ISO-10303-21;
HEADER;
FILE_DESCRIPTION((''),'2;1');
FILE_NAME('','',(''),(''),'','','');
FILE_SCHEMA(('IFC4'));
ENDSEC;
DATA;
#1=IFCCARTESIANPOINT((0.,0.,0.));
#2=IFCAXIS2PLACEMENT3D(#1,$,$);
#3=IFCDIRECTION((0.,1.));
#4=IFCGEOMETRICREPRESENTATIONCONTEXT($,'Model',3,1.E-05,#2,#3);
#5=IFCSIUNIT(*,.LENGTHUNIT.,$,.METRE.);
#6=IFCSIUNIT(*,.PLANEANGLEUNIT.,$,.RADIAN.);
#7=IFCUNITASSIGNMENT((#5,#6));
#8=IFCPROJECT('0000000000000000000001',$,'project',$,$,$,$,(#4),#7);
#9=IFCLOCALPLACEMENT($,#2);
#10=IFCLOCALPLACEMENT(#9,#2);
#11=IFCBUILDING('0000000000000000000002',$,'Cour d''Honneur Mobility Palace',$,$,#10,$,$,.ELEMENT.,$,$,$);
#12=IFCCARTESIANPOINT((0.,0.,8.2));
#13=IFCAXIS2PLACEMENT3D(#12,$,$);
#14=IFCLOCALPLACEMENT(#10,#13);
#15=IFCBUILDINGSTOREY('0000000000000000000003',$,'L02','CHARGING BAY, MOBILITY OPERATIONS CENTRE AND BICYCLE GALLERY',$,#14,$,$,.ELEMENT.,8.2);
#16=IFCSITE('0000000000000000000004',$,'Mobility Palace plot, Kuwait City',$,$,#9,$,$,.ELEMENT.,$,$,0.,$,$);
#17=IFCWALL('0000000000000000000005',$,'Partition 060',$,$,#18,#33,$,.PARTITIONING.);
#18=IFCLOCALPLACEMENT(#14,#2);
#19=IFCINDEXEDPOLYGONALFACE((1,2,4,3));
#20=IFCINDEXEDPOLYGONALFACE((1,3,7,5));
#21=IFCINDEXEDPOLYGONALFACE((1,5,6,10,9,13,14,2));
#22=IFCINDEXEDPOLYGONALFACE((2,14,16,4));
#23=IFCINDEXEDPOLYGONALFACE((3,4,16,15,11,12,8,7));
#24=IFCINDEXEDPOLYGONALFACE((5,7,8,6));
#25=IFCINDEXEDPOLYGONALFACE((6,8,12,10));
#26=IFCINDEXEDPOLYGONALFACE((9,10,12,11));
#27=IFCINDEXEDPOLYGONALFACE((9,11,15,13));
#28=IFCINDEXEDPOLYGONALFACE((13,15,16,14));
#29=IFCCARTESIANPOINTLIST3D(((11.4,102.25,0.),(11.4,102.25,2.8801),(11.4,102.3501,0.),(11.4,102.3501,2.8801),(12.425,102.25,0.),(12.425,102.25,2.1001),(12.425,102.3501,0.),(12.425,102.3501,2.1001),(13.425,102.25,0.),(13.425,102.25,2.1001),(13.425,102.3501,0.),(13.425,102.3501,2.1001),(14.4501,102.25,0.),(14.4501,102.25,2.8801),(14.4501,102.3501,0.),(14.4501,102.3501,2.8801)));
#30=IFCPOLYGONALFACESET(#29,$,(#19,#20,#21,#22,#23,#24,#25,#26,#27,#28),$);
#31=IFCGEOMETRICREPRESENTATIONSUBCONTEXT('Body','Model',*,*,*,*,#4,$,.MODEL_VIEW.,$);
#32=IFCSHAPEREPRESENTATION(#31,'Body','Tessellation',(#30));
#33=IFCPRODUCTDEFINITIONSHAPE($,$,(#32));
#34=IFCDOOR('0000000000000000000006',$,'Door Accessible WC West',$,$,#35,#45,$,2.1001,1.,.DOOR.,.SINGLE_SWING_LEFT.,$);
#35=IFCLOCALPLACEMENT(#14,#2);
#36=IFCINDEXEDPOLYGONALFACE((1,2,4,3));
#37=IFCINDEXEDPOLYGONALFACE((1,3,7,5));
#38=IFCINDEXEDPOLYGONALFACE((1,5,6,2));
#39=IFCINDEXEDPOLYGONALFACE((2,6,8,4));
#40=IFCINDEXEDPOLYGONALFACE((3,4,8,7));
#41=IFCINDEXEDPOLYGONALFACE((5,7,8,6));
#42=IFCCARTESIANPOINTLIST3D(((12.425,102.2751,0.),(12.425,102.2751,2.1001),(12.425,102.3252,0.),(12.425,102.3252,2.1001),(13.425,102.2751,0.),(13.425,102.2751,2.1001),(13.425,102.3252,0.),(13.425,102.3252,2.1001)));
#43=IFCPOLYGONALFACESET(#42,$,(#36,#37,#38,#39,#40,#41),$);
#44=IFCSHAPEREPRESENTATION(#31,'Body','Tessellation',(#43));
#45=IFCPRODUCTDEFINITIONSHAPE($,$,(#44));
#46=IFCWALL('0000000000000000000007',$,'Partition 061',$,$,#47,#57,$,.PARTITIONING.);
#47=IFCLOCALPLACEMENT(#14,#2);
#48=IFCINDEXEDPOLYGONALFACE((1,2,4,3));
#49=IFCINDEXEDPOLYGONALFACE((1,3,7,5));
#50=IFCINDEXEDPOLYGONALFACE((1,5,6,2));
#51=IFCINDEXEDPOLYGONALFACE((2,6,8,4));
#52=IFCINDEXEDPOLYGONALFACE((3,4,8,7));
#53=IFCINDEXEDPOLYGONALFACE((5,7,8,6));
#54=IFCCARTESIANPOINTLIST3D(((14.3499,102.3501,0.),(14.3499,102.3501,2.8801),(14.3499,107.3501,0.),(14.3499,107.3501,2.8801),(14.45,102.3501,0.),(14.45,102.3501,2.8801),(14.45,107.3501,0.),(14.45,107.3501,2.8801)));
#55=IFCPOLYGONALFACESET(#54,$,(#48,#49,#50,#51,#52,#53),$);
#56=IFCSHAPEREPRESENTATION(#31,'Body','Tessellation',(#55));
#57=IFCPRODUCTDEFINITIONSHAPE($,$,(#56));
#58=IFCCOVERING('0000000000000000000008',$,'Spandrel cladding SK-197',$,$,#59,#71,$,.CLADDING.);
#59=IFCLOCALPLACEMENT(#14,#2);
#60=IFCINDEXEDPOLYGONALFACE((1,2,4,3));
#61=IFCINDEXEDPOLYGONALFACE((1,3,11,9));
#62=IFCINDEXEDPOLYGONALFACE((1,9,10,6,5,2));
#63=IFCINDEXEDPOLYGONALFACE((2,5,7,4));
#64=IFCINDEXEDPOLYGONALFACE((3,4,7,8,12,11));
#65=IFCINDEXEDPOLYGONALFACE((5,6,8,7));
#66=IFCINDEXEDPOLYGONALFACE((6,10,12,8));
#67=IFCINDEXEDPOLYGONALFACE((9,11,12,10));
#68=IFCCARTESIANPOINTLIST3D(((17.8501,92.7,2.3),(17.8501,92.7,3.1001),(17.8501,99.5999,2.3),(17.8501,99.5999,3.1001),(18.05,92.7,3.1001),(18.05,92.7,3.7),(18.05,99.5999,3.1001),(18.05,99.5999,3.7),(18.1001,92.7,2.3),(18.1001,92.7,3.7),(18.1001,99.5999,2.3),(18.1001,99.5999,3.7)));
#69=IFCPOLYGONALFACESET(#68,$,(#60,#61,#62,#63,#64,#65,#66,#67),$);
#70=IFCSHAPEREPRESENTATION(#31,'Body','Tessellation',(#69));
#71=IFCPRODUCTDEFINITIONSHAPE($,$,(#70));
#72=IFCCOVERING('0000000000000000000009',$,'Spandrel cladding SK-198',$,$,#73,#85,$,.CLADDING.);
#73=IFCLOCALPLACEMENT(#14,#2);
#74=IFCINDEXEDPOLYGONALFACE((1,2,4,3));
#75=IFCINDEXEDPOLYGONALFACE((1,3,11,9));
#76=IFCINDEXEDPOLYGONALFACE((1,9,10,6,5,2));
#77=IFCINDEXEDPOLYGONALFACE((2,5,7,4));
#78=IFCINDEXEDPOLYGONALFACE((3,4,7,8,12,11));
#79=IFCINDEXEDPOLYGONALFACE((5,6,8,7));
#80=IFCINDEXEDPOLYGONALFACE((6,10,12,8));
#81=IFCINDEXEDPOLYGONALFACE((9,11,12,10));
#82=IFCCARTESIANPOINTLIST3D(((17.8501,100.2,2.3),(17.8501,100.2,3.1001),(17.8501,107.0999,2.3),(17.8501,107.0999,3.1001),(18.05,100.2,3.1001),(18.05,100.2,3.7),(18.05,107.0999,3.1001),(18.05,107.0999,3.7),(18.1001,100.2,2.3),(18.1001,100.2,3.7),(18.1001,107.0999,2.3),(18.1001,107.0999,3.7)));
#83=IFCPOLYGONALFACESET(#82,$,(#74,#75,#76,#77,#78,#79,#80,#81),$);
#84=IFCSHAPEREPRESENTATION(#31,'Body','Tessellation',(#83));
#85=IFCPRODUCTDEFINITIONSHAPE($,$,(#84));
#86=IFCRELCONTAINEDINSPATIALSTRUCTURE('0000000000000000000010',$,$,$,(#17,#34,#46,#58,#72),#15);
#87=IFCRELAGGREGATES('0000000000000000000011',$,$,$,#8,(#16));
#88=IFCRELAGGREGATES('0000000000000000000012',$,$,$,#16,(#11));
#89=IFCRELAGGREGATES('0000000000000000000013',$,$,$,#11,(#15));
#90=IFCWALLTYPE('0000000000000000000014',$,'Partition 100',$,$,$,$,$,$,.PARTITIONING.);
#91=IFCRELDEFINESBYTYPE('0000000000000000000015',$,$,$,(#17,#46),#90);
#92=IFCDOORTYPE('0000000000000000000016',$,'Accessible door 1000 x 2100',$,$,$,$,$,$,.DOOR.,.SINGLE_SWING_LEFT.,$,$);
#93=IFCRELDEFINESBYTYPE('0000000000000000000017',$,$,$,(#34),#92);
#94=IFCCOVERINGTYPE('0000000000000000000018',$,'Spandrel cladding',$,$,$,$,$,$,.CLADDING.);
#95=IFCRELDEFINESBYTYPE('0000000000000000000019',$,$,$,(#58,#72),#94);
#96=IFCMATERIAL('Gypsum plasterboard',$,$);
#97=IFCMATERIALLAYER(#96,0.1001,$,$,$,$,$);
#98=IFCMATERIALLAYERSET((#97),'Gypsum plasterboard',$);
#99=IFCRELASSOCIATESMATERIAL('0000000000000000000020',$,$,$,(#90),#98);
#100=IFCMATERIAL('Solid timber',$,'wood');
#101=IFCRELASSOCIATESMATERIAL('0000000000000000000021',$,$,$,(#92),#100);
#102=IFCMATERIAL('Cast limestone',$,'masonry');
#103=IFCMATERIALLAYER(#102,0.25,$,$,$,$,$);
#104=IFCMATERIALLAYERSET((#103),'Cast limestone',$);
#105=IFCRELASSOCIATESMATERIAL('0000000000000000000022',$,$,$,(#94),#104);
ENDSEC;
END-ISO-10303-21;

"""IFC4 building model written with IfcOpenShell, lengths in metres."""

from ifc_helpers import new_model, si_unit, direction, frame, frame_2d, origin, place, context, subcontext, project, spatial, polyline, rectangle, outline, extrude, material, layer, layer_set, type_object, element, fill, save


model = new_model("IFC4")

# Units and contexts
model_context = context("Model", 3, precision=1e-05, world=origin(), true_north=direction((0.0, 1.0)))
body_context = subcontext(model_context, "Body", "Model", "MODEL_VIEW")
ifc_project = project(units=[si_unit("LENGTHUNIT", "METRE"), si_unit("PLANEANGLEUNIT", "RADIAN")], contexts=[model_context])

# Site, building, storey
site_placement = place(None, origin())
site = spatial("IfcSite", under=ifc_project, at=site_placement, Name="Mobility Palace plot, Kuwait City", CompositionType="ELEMENT", RefElevation=0.0)
building_placement = place(site_placement, origin())
building = spatial("IfcBuilding", under=site, at=building_placement, Name="Cour d'Honneur Mobility Palace", CompositionType="ELEMENT")
storey_placement = place(building_placement, frame((0.0, 0.0, 8.2)))
storey = spatial("IfcBuildingStorey", under=building, at=storey_placement, Name="L02", Description="CHARGING BAY, MOBILITY OPERATIONS CENTRE AND BICYCLE GALLERY", CompositionType="ELEMENT", Elevation=8.2)

# Shared definitions
ifc_material_1 = material(Name="Gypsum plasterboard")
ifc_layer_1 = layer(ifc_material_1, 0.1001)
ifc_layer_set_1 = layer_set([ifc_layer_1], Name="Gypsum plasterboard")
wall_type = type_object("IfcWallType", Name="Partition 100", PredefinedType="PARTITIONING", material=ifc_layer_set_1)

# Wall, opening, door
wall_1_placement = place(storey_placement, frame((14.45, 102.3, 0.0), z_axis=(0.0, 0.0, 1.0), x_axis=(-1.0, 0.0, 0.0)))
wall_1 = element("IfcWall", 1, at=wall_1_placement, inside=storey, type_object=wall_type, Name="Partition 060", PredefinedType="PARTITIONING", context=body_context, shape_type="SweptSolid", body=[
    extrude(rectangle(XDim=3.05, YDim=0.1001, at=frame_2d((1.5249, 0.0))), origin(), (0.0, 0.0, 1.0), 2.8801),
])
opening_placement = place(wall_1_placement, frame((1.0249, 0.0, 0.0)))
opening = element("IfcOpeningElement", 2, at=opening_placement, cuts=wall_1, PredefinedType="OPENING", context=body_context, shape_type="SweptSolid", body=[
    extrude(rectangle(XDim=1.0, YDim=2.1001, at=frame_2d((0.5, 1.05))), frame((0.0, 0.0601, 0.0), z_axis=(0.0, -1.0, 0.0), x_axis=(1.0, 0.0, 0.0)), (0.0, 0.0, 1.0), 0.1201),
])
ifc_material_2 = material(Name="Solid timber", Category="wood")
door_type = type_object("IfcDoorType", Name="Accessible door 1000 x 2100", OperationType="SINGLE_SWING_LEFT", PredefinedType="DOOR", material=ifc_material_2)
door_placement = place(opening_placement, origin())
door = element("IfcDoor", 3, at=door_placement, inside=storey, type_object=door_type, Name="Door Accessible WC West", OperationType="SINGLE_SWING_LEFT", OverallHeight=2.1001, OverallWidth=1.0, PredefinedType="DOOR", context=body_context, shape_type="SweptSolid", body=[
    extrude(rectangle(XDim=1.0, YDim=2.1001, at=frame_2d((0.5, 1.05))), frame((0.0, 0.0249, 0.0), z_axis=(0.0, -1.0, 0.0), x_axis=(1.0, 0.0, 0.0)), (0.0, 0.0, 1.0), 0.05),
])
fill(opening, door)

# Wall
wall_2_placement = place(storey_placement, frame((14.3999, 102.3501, 0.0), z_axis=(0.0, 0.0, 1.0), x_axis=(0.0, 1.0, 0.0)))
element("IfcWall", 4, at=wall_2_placement, inside=storey, type_object=wall_type, Name="Partition 061", PredefinedType="PARTITIONING", context=body_context, shape_type="SweptSolid", body=[
    extrude(rectangle(XDim=5.0, YDim=0.1001, at=frame_2d((2.5, 0.0))), origin(), (0.0, 0.0, 1.0), 2.8801),
])

# Coverings
ifc_material_3 = material(Name="Cast limestone", Category="masonry")
ifc_layer_2 = layer(ifc_material_3, 0.25)
ifc_layer_set_2 = layer_set([ifc_layer_2], Name="Cast limestone")
covering_type = type_object("IfcCoveringType", Name="Spandrel cladding", PredefinedType="CLADDING", material=ifc_layer_set_2)
for number, where, z_axis, x_axis, name in (
    (5, (17.8501, 92.7, 2.3), (0.0, -1.0, 0.0), (1.0, 0.0, 0.0), "Spandrel cladding SK-197"),
    (6, (17.8501, 100.2, 2.3), (0.0, -1.0, 0.0), (1.0, 0.0, 0.0), "Spandrel cladding SK-198"),
):
    element("IfcCovering", number, at=place(storey_placement, frame(where, z_axis=z_axis, x_axis=x_axis)), inside=storey, type_object=covering_type, Name=name, PredefinedType="CLADDING", context=body_context, shape_type="SweptSolid", body=[
        extrude(outline(polyline([(0.0, 0.0), (0.25, 0.0), (0.25, 1.3999), (0.2, 1.3999), (0.2, 0.8), (0.0, 0.8), (0.0, 0.0)])), origin(), (0.0, 0.0, -1.0), 6.8999),
    ])

save(model, "model.ifc")
